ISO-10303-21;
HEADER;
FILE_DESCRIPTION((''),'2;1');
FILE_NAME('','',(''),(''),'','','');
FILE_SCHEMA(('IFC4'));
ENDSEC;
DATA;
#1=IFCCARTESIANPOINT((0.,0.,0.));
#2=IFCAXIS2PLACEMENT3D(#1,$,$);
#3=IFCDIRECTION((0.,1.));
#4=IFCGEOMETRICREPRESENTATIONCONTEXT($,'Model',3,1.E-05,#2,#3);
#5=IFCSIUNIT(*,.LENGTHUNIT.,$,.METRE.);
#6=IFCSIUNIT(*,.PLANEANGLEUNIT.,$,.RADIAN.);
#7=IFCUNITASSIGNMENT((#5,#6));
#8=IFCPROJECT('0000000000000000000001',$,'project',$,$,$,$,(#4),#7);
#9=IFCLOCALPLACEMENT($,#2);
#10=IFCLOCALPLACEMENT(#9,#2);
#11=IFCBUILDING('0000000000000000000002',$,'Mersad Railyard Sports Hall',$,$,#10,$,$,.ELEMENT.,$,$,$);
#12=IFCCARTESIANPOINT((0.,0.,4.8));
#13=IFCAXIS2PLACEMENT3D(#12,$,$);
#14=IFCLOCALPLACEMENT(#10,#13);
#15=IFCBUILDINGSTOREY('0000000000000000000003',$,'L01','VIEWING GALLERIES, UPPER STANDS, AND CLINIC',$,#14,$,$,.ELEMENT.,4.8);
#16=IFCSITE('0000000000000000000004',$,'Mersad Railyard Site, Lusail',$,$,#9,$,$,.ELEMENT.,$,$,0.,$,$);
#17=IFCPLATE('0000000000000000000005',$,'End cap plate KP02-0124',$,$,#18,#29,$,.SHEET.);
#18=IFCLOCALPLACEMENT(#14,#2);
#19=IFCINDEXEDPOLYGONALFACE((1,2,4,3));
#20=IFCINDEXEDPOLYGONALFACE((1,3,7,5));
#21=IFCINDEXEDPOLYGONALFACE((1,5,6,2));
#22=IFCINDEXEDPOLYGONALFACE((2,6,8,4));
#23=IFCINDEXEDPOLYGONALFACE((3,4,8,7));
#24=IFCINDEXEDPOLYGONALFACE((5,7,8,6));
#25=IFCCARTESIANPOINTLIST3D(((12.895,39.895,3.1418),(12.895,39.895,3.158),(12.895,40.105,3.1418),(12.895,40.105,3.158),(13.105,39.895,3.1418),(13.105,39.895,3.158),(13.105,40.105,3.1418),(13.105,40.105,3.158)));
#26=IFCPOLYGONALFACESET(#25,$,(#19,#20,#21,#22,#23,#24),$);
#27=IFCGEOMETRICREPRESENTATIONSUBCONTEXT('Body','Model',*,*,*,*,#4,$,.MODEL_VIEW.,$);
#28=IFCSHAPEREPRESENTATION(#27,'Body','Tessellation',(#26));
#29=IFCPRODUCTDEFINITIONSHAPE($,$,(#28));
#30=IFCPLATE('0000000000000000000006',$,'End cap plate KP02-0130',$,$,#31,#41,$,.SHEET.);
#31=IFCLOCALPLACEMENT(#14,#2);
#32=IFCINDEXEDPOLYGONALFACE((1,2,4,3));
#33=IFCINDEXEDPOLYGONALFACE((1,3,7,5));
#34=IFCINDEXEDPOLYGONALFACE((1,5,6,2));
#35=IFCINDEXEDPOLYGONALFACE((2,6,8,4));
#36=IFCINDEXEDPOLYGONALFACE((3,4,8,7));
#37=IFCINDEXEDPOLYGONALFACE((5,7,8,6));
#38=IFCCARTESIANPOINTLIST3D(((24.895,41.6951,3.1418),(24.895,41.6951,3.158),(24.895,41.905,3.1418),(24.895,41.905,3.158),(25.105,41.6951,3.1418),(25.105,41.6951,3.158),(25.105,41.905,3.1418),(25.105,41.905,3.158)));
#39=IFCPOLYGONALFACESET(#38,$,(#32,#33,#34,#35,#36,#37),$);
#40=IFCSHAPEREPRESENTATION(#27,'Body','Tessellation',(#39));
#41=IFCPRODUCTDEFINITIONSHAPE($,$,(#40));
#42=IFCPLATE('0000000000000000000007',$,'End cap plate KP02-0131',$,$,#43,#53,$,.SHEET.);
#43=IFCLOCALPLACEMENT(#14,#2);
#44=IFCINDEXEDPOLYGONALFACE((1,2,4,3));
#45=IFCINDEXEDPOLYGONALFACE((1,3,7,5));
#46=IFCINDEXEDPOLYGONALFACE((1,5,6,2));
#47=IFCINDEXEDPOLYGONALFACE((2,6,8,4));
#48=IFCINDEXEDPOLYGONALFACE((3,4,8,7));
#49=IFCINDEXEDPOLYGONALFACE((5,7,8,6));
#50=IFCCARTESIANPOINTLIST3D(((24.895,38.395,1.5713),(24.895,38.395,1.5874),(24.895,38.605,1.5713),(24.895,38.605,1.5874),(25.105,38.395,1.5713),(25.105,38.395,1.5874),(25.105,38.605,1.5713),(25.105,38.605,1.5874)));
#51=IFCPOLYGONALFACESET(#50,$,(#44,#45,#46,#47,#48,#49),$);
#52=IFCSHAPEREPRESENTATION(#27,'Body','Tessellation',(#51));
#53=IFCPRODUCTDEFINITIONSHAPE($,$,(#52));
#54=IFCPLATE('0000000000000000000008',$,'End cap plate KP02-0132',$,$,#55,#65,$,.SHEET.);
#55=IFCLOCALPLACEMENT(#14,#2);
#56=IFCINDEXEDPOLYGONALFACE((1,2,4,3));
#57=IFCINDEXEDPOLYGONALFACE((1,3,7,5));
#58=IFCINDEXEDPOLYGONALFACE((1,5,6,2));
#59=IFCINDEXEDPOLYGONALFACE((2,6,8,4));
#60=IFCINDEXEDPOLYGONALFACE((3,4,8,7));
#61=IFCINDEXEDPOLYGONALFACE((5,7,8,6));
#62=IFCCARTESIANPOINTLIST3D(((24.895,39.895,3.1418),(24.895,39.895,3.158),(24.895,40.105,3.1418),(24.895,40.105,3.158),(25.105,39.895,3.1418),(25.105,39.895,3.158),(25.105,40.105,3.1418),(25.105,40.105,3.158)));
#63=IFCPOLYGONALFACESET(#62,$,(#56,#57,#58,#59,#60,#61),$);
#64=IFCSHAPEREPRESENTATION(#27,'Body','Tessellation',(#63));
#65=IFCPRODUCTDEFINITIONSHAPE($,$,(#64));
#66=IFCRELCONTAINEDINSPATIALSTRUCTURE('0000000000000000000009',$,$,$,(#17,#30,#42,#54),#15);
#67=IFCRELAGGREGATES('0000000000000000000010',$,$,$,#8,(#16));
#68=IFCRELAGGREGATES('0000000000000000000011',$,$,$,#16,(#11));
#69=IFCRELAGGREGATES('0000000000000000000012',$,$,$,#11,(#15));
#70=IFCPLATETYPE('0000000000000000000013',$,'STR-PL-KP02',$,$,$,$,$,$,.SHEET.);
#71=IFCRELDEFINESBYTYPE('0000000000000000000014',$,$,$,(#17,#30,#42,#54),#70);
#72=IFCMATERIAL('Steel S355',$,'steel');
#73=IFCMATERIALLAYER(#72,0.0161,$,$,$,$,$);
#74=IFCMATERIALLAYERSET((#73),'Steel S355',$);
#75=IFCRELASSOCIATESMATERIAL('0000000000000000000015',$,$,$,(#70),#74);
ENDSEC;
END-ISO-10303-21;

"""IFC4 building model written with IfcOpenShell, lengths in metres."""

from ifc_helpers import new_model, si_unit, direction, frame, origin, origin_2d, place, context, subcontext, project, spatial, rectangle, extrude, material, layer, layer_set, type_object, element, save


model = new_model("IFC4")

# Units and contexts
model_context = context("Model", 3, precision=1e-05, world=origin(), true_north=direction((0.0, 1.0)))
body_context = subcontext(model_context, "Body", "Model", "MODEL_VIEW")
ifc_project = project(units=[si_unit("LENGTHUNIT", "METRE"), si_unit("PLANEANGLEUNIT", "RADIAN")], contexts=[model_context])

# Site, building, storey
site_placement = place(None, origin())
site = spatial("IfcSite", under=ifc_project, at=site_placement, Name="Mersad Railyard Site, Lusail", CompositionType="ELEMENT", RefElevation=0.0)
building_placement = place(site_placement, origin())
building = spatial("IfcBuilding", under=site, at=building_placement, Name="Mersad Railyard Sports Hall", CompositionType="ELEMENT")
storey_placement = place(building_placement, frame((0.0, 0.0, 4.8)))
storey = spatial("IfcBuildingStorey", under=building, at=storey_placement, Name="L01", Description="VIEWING GALLERIES, UPPER STANDS, AND CLINIC", CompositionType="ELEMENT", Elevation=4.8)

# Shared definitions
ifc_material_1 = material(Name="Steel S355", Category="steel")

# Plates
ifc_layer_1 = layer(ifc_material_1, 0.0161)
ifc_layer_set_1 = layer_set([ifc_layer_1], Name="Steel S355")
plate_type_1 = type_object("IfcPlateType", Name="STR-PL-KP02", PredefinedType="SHEET", material=ifc_layer_set_1)
for number, where, z_axis, x_axis, name in (
    (1, (13.0, 40.0, 3.1418), (0.0, 0.0, 1.0), (1.0, 0.0, 0.0), "End cap plate KP02-0124"),
    (2, (25.0, 41.8, 3.1418), (0.0, 0.0, 1.0), (1.0, 0.0, 0.0), "End cap plate KP02-0130"),
    (3, (25.0, 38.5, 1.5713), (0.0, 0.0, 1.0), (1.0, 0.0, 0.0), "End cap plate KP02-0131"),
    (4, (25.0, 40.0, 3.1418), (0.0, 0.0, 1.0), (1.0, 0.0, 0.0), "End cap plate KP02-0132"),
):
    element("IfcPlate", number, at=place(storey_placement, frame(where, z_axis=z_axis, x_axis=x_axis)), inside=storey, type_object=plate_type_1, Name=name, PredefinedType="SHEET", context=body_context, shape_type="SweptSolid", body=[
        extrude(rectangle(XDim=0.21, YDim=0.21, at=origin_2d()), origin(), (0.0, 0.0, 1.0), 0.0161),
    ])

save(model, "model.ifc")
